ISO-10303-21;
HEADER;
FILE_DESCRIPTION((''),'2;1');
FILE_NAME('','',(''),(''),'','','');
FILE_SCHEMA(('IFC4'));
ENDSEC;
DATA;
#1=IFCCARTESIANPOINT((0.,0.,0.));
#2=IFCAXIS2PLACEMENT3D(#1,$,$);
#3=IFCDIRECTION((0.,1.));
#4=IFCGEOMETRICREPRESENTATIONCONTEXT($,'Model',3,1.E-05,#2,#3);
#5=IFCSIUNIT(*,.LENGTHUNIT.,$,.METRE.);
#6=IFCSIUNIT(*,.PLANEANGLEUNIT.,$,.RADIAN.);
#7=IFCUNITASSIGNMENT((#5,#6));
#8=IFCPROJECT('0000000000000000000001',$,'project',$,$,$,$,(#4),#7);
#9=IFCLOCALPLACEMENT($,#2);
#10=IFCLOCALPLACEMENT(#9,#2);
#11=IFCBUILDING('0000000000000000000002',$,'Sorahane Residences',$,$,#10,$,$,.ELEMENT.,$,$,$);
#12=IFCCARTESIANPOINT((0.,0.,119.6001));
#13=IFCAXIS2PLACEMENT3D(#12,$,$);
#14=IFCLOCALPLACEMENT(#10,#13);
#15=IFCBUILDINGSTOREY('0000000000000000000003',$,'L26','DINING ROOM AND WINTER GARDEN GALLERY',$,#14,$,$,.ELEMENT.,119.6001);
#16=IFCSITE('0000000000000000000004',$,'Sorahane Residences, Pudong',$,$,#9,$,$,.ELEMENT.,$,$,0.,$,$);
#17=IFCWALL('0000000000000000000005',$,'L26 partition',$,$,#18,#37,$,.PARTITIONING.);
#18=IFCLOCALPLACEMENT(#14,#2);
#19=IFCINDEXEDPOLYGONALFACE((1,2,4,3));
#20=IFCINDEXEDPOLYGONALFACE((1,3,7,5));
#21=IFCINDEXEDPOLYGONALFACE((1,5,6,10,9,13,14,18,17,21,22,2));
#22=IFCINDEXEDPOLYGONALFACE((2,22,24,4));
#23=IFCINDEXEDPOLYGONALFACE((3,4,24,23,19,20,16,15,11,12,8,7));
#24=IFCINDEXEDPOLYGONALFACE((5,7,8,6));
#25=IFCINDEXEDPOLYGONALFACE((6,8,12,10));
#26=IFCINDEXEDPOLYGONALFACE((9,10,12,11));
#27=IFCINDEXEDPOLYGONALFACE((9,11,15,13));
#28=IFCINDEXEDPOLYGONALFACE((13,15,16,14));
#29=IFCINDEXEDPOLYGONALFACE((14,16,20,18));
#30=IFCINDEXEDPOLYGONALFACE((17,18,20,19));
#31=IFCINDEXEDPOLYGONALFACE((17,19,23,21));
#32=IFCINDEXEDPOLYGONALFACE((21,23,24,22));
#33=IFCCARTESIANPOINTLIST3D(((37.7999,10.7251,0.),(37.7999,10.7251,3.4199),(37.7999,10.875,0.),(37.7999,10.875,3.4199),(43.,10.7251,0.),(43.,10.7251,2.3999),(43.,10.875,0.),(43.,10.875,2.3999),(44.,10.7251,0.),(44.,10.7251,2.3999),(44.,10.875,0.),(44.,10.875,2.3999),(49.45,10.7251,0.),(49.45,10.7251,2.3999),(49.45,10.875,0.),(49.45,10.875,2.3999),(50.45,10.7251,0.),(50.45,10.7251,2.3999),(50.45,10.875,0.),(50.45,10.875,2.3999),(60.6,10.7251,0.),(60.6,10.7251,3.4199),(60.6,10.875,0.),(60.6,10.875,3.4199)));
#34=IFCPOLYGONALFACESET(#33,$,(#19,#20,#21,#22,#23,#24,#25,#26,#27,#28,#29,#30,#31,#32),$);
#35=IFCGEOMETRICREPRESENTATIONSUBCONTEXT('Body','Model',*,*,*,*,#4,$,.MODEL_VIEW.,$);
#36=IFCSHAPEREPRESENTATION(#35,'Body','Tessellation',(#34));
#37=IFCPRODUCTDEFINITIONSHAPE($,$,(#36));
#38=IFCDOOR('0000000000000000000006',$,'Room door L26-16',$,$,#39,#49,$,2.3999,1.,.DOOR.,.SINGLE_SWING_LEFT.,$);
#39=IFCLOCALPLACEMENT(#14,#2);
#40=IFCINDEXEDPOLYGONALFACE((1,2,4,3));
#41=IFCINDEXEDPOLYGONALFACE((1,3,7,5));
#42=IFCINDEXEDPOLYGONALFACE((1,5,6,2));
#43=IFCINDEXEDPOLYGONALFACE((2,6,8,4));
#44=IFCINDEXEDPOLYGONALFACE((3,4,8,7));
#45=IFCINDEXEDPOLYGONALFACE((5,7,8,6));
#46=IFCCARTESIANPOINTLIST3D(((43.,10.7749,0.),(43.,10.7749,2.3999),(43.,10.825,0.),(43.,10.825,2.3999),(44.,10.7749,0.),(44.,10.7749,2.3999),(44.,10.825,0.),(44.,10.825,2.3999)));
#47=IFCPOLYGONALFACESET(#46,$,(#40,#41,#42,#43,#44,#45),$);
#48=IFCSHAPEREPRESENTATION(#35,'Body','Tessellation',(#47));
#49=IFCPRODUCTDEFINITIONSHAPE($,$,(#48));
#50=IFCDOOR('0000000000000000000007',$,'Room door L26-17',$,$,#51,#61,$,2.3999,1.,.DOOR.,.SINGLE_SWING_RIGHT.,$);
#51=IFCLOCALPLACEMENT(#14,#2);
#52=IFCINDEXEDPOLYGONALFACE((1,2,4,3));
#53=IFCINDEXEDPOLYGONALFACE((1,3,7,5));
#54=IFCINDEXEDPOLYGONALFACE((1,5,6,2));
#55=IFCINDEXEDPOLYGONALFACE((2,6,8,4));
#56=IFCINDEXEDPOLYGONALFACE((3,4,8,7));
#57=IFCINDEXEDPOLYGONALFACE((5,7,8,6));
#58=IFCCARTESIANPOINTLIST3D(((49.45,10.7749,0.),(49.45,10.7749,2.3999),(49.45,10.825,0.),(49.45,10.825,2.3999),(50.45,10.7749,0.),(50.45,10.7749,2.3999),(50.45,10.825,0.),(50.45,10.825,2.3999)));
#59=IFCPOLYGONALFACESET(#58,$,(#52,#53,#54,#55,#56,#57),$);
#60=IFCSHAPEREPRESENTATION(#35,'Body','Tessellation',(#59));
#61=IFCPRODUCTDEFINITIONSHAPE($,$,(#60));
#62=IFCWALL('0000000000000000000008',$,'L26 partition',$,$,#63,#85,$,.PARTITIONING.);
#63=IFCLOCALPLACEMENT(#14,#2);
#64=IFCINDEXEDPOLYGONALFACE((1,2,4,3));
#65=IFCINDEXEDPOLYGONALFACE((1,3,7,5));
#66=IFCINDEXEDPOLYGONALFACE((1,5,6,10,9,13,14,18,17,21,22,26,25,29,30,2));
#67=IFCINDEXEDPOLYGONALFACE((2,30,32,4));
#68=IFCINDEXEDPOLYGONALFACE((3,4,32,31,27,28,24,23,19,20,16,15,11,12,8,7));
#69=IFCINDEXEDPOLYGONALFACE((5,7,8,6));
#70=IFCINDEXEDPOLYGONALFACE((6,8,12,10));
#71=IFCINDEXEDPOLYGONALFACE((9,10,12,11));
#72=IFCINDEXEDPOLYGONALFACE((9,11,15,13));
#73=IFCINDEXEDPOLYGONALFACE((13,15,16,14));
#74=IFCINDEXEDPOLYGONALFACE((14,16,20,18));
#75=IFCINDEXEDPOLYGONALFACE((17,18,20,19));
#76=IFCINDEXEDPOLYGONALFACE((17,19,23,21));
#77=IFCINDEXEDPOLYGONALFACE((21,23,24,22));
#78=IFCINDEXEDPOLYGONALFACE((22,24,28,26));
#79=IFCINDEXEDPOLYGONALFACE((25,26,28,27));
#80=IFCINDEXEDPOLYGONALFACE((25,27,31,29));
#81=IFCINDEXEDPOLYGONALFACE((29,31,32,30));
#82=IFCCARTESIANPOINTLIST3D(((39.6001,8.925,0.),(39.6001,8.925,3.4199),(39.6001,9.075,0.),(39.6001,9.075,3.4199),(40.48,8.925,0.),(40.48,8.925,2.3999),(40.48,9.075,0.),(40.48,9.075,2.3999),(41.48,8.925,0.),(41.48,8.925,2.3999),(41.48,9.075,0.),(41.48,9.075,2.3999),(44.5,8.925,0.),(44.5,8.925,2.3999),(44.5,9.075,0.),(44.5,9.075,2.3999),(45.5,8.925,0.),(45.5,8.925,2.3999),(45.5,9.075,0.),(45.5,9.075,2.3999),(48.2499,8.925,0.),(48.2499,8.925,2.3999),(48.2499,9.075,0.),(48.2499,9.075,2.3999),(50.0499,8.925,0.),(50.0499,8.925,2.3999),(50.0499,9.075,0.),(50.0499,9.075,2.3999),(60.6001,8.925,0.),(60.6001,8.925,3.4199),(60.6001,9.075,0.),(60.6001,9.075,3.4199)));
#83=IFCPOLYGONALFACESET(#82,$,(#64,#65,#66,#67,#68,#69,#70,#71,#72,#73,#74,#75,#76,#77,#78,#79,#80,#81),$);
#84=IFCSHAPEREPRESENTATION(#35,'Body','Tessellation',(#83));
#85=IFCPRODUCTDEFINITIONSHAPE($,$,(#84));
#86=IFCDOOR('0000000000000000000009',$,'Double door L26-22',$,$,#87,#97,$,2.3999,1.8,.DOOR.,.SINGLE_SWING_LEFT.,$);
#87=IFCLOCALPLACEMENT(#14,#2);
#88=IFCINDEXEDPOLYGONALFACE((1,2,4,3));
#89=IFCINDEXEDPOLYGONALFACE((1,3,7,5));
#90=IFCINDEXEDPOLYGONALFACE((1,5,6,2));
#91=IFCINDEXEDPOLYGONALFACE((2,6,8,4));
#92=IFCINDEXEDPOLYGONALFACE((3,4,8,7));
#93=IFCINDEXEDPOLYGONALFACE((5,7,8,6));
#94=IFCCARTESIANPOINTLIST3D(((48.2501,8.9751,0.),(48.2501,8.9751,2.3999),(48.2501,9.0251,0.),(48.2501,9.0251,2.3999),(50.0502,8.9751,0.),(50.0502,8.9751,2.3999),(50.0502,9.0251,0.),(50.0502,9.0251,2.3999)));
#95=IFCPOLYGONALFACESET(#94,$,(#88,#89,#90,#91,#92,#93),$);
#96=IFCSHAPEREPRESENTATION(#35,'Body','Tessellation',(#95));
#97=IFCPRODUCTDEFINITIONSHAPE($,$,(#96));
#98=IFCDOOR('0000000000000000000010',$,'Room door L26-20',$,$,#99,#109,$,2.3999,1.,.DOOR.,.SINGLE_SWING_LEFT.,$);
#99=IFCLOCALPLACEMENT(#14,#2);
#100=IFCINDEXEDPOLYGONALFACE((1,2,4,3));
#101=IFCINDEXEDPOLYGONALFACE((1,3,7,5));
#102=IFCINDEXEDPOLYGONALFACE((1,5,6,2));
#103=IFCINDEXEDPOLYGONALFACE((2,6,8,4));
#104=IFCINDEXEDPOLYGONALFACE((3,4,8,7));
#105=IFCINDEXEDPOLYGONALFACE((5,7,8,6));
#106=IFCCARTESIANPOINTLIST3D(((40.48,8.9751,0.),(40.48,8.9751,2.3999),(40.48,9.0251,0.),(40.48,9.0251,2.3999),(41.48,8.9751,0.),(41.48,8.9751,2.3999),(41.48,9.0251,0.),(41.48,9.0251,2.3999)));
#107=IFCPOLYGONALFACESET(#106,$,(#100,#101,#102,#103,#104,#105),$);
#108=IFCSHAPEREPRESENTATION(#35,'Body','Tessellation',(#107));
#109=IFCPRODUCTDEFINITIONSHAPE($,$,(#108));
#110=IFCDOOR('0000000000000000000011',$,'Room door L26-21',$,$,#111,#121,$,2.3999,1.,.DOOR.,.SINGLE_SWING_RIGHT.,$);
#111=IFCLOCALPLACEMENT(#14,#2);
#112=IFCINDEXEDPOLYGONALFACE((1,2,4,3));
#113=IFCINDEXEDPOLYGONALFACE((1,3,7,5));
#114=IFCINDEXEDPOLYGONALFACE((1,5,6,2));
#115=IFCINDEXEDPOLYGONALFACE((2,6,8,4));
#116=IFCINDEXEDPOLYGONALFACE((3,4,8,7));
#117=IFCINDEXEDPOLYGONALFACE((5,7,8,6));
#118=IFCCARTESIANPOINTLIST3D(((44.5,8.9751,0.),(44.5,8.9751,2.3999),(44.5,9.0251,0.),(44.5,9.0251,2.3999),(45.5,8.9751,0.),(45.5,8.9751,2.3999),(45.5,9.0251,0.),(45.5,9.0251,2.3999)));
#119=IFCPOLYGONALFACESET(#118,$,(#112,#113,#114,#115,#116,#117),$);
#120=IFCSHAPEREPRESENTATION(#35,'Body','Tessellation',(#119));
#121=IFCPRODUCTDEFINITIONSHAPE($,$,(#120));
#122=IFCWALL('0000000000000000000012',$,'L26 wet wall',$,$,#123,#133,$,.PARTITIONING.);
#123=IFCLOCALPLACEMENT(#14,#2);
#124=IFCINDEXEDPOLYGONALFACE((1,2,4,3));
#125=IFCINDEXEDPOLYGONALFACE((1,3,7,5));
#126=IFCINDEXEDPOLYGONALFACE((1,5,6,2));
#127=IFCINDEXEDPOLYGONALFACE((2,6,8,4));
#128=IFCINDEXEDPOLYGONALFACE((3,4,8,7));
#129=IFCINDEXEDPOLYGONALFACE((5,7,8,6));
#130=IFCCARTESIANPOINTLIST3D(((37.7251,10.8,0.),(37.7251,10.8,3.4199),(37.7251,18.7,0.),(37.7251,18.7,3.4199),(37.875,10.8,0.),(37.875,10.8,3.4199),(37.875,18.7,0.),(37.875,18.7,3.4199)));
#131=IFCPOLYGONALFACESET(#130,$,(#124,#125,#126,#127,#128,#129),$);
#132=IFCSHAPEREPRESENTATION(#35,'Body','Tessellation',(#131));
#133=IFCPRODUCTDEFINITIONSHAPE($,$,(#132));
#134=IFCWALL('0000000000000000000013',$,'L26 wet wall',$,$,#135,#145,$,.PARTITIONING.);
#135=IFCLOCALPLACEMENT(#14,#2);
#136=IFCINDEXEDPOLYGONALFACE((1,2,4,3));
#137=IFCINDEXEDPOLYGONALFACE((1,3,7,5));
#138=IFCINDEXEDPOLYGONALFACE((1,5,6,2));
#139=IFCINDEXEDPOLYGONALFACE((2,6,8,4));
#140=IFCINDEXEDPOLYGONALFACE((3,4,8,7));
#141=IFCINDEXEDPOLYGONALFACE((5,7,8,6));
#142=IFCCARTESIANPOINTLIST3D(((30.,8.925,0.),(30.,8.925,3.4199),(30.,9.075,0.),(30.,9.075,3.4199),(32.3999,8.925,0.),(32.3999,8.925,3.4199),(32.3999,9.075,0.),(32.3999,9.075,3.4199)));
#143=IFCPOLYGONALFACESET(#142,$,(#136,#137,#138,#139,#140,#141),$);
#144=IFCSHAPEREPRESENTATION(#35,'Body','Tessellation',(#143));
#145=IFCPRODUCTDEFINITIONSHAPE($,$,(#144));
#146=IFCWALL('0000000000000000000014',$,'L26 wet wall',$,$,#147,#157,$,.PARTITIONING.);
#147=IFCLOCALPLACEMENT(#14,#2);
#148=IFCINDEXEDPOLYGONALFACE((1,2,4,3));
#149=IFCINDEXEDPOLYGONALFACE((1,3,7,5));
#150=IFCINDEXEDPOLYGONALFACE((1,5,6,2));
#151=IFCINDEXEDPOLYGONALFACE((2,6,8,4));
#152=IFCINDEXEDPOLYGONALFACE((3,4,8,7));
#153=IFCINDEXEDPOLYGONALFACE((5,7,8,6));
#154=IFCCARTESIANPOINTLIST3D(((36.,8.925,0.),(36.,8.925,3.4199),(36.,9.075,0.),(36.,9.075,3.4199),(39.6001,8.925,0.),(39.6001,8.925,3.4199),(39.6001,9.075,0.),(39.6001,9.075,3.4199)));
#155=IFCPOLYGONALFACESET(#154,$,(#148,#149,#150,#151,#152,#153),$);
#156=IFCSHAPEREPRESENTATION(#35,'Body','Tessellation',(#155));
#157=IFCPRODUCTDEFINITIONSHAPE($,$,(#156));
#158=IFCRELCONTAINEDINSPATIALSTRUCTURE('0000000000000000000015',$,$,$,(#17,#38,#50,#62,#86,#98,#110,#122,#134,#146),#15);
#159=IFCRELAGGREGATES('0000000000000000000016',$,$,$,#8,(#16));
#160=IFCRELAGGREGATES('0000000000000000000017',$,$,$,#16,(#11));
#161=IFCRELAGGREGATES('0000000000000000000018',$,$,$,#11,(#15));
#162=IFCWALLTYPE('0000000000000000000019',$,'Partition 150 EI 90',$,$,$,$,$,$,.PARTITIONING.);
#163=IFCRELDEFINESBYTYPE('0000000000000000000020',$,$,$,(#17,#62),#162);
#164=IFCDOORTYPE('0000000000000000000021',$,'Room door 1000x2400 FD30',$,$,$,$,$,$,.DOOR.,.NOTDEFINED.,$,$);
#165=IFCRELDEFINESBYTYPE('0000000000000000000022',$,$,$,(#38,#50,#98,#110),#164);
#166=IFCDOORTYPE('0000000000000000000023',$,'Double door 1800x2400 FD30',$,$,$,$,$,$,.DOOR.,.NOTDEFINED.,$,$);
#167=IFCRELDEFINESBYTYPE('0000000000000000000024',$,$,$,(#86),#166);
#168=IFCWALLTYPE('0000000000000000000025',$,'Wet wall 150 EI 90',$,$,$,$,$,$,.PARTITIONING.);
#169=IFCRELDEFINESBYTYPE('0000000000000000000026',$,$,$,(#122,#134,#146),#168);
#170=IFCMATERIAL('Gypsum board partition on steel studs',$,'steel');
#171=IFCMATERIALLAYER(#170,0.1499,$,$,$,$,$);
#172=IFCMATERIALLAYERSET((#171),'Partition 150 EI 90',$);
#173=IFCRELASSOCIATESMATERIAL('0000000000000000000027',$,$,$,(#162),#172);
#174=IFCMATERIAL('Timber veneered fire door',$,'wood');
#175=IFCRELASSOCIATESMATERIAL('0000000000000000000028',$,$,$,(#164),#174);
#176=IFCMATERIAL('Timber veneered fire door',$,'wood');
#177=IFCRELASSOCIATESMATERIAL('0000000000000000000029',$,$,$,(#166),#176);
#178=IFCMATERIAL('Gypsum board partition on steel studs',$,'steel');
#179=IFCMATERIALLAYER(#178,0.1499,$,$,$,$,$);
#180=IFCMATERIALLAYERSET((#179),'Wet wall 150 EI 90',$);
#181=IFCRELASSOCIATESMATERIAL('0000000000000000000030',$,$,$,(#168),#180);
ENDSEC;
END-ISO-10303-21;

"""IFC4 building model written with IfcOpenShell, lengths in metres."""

from ifc_helpers import new_model, si_unit, direction, frame, frame_2d, origin, place, context, subcontext, project, spatial, rectangle, extrude, material, layer, layer_set, type_object, element, fill, save


model = new_model("IFC4")

# Units and contexts
model_context = context("Model", 3, precision=1e-05, world=origin(), true_north=direction((0.0, 1.0)))
body_context = subcontext(model_context, "Body", "Model", "MODEL_VIEW")
ifc_project = project(units=[si_unit("LENGTHUNIT", "METRE"), si_unit("PLANEANGLEUNIT", "RADIAN")], contexts=[model_context])

# Site, building, storey
site_placement = place(None, origin())
site = spatial("IfcSite", under=ifc_project, at=site_placement, Name="Sorahane Residences, Pudong", CompositionType="ELEMENT", RefElevation=0.0)
building_placement = place(site_placement, origin())
building = spatial("IfcBuilding", under=site, at=building_placement, Name="Sorahane Residences", CompositionType="ELEMENT")
storey_placement = place(building_placement, frame((0.0, 0.0, 119.6001)))
storey = spatial("IfcBuildingStorey", under=building, at=storey_placement, Name="L26", Description="DINING ROOM AND WINTER GARDEN GALLERY", CompositionType="ELEMENT", Elevation=119.6001)

# Wall, openings, doors
ifc_material_1 = material(Name="Gypsum board partition on steel studs", Category="steel")
ifc_layer_1 = layer(ifc_material_1, 0.1499)
ifc_layer_set_1 = layer_set([ifc_layer_1], Name="Partition 150 EI 90")
wall_type_1 = type_object("IfcWallType", Name="Partition 150 EI 90", PredefinedType="PARTITIONING", material=ifc_layer_set_1)
wall_1_placement = place(storey_placement, frame((37.8, 10.8, 0.0), z_axis=(0.0, 0.0, 1.0), x_axis=(1.0, 0.0, 0.0)))
wall_1 = element("IfcWall", 1, at=wall_1_placement, inside=storey, type_object=wall_type_1, Name="L26 partition", PredefinedType="PARTITIONING", context=body_context, shape_type="SweptSolid", body=[
    extrude(rectangle(XDim=22.8, YDim=0.1499, at=frame_2d((11.3999, 0.0))), origin(), (0.0, 0.0, 1.0), 3.4199),
])
opening_1_placement = place(wall_1_placement, frame((5.2, 0.0, 0.0)))
opening_1 = element("IfcOpeningElement", 2, at=opening_1_placement, cuts=wall_1, PredefinedType="OPENING", context=body_context, shape_type="SweptSolid", body=[
    extrude(rectangle(XDim=1.0, YDim=2.3999, at=frame_2d((0.5, 1.2))), frame((0.0, 0.085, 0.0), z_axis=(0.0, -1.0, 0.0), x_axis=(1.0, 0.0, 0.0)), (0.0, 0.0, 1.0), 0.1699),
])
opening_2_placement = place(wall_1_placement, frame((11.6499, 0.0, 0.0)))
opening_2 = element("IfcOpeningElement", 3, at=opening_2_placement, cuts=wall_1, PredefinedType="OPENING", context=body_context, shape_type="SweptSolid", body=[
    extrude(rectangle(XDim=1.0, YDim=2.3999, at=frame_2d((0.5, 1.2))), frame((0.0, 0.085, 0.0), z_axis=(0.0, -1.0, 0.0), x_axis=(1.0, 0.0, 0.0)), (0.0, 0.0, 1.0), 0.1699),
])
ifc_material_2 = material(Name="Timber veneered fire door", Category="wood")
door_type_1 = type_object("IfcDoorType", Name="Room door 1000x2400 FD30", OperationType="NOTDEFINED", PredefinedType="DOOR", material=ifc_material_2)
door_1_placement = place(opening_1_placement, origin())
door_1 = element("IfcDoor", 4, at=door_1_placement, inside=storey, type_object=door_type_1, Name="Room door L26-16", OperationType="SINGLE_SWING_LEFT", OverallHeight=2.3999, OverallWidth=1.0, PredefinedType="DOOR", context=body_context, shape_type="SweptSolid", body=[
    extrude(rectangle(XDim=1.0, YDim=2.3999, at=frame_2d((0.5, 1.2))), frame((0.0, 0.0249, 0.0), z_axis=(0.0, -1.0, 0.0), x_axis=(1.0, 0.0, 0.0)), (0.0, 0.0, 1.0), 0.05),
])
fill(opening_1, door_1)
door_2_placement = place(opening_2_placement, origin())
door_2 = element("IfcDoor", 5, at=door_2_placement, inside=storey, type_object=door_type_1, Name="Room door L26-17", OperationType="SINGLE_SWING_RIGHT", OverallHeight=2.3999, OverallWidth=1.0, PredefinedType="DOOR", context=body_context, shape_type="SweptSolid", body=[
    extrude(rectangle(XDim=1.0, YDim=2.3999, at=frame_2d((0.5, 1.2))), frame((0.0, 0.0249, 0.0), z_axis=(0.0, -1.0, 0.0), x_axis=(1.0, 0.0, 0.0)), (0.0, 0.0, 1.0), 0.05),
])
fill(opening_2, door_2)

# Wall, openings, doors
wall_2_placement = place(storey_placement, frame((39.6001, 9.0, 0.0), z_axis=(0.0, 0.0, 1.0), x_axis=(1.0, 0.0, 0.0)))
wall_2 = element("IfcWall", 6, at=wall_2_placement, inside=storey, type_object=wall_type_1, Name="L26 partition", PredefinedType="PARTITIONING", context=body_context, shape_type="SweptSolid", body=[
    extrude(rectangle(XDim=21.0, YDim=0.1499, at=frame_2d((10.5, 0.0))), origin(), (0.0, 0.0, 1.0), 3.4199),
])
opening_3_placement = place(wall_2_placement, frame((0.8799, 0.0, 0.0)))
opening_3 = element("IfcOpeningElement", 7, at=opening_3_placement, cuts=wall_2, PredefinedType="OPENING", context=body_context, shape_type="SweptSolid", body=[
    extrude(rectangle(XDim=1.0, YDim=2.3999, at=frame_2d((0.5, 1.2))), frame((0.0, 0.085, 0.0), z_axis=(0.0, -1.0, 0.0), x_axis=(1.0, 0.0, 0.0)), (0.0, 0.0, 1.0), 0.1699),
])
opening_4_placement = place(wall_2_placement, frame((4.8999, 0.0, 0.0)))
opening_4 = element("IfcOpeningElement", 8, at=opening_4_placement, cuts=wall_2, PredefinedType="OPENING", context=body_context, shape_type="SweptSolid", body=[
    extrude(rectangle(XDim=1.0, YDim=2.3999, at=frame_2d((0.5, 1.2))), frame((0.0, 0.085, 0.0), z_axis=(0.0, -1.0, 0.0), x_axis=(1.0, 0.0, 0.0)), (0.0, 0.0, 1.0), 0.1699),
])
opening_5_placement = place(wall_2_placement, frame((8.6499, 0.0, 0.0)))
opening_5 = element("IfcOpeningElement", 9, at=opening_5_placement, cuts=wall_2, PredefinedType="OPENING", context=body_context, shape_type="SweptSolid", body=[
    extrude(rectangle(XDim=1.8, YDim=2.3999, at=frame_2d((0.8999, 1.2))), frame((0.0, 0.085, 0.0), z_axis=(0.0, -1.0, 0.0), x_axis=(1.0, 0.0, 0.0)), (0.0, 0.0, 1.0), 0.1699),
])
ifc_material_3 = material(Name="Timber veneered fire door", Category="wood")
door_type_2 = type_object("IfcDoorType", Name="Double door 1800x2400 FD30", OperationType="NOTDEFINED", PredefinedType="DOOR", material=ifc_material_3)
door_3_placement = place(opening_5_placement, frame((1.8, 0.0, 0.0), z_axis=(0.0, 0.0, 1.0), x_axis=(-1.0, 0.0, 0.0)))
door_3 = element("IfcDoor", 10, at=door_3_placement, inside=storey, type_object=door_type_2, Name="Double door L26-22", OperationType="SINGLE_SWING_LEFT", OverallHeight=2.3999, OverallWidth=1.8, PredefinedType="DOOR", context=body_context, shape_type="SweptSolid", body=[
    extrude(rectangle(XDim=1.8, YDim=2.3999, at=frame_2d((0.8999, 1.2))), frame((0.0, 0.0249, 0.0), z_axis=(0.0, -1.0, 0.0), x_axis=(1.0, 0.0, 0.0)), (0.0, 0.0, 1.0), 0.05),
])
fill(opening_5, door_3)
door_4_placement = place(opening_3_placement, frame((1.0, 0.0, 0.0), z_axis=(0.0, 0.0, 1.0), x_axis=(-1.0, 0.0, 0.0)))
door_4 = element("IfcDoor", 11, at=door_4_placement, inside=storey, type_object=door_type_1, Name="Room door L26-20", OperationType="SINGLE_SWING_LEFT", OverallHeight=2.3999, OverallWidth=1.0, PredefinedType="DOOR", context=body_context, shape_type="SweptSolid", body=[
    extrude(rectangle(XDim=1.0, YDim=2.3999, at=frame_2d((0.5, 1.2))), frame((0.0, 0.0249, 0.0), z_axis=(0.0, -1.0, 0.0), x_axis=(1.0, 0.0, 0.0)), (0.0, 0.0, 1.0), 0.05),
])
fill(opening_3, door_4)
door_5_placement = place(opening_4_placement, frame((1.0, 0.0, 0.0), z_axis=(0.0, 0.0, 1.0), x_axis=(-1.0, 0.0, 0.0)))
door_5 = element("IfcDoor", 12, at=door_5_placement, inside=storey, type_object=door_type_1, Name="Room door L26-21", OperationType="SINGLE_SWING_RIGHT", OverallHeight=2.3999, OverallWidth=1.0, PredefinedType="DOOR", context=body_context, shape_type="SweptSolid", body=[
    extrude(rectangle(XDim=1.0, YDim=2.3999, at=frame_2d((0.5, 1.2))), frame((0.0, 0.0249, 0.0), z_axis=(0.0, -1.0, 0.0), x_axis=(1.0, 0.0, 0.0)), (0.0, 0.0, 1.0), 0.05),
])
fill(opening_4, door_5)

# Wall
ifc_material_4 = material(Name="Gypsum board partition on steel studs", Category="steel")
ifc_layer_2 = layer(ifc_material_4, 0.1499)
ifc_layer_set_2 = layer_set([ifc_layer_2], Name="Wet wall 150 EI 90")
wall_type_2 = type_object("IfcWallType", Name="Wet wall 150 EI 90", PredefinedType="PARTITIONING", material=ifc_layer_set_2)
wall_3_placement = place(storey_placement, frame((37.8, 10.8, 0.0), z_axis=(0.0, 0.0, 1.0), x_axis=(0.0, 1.0, 0.0)))
element("IfcWall", 13, at=wall_3_placement, inside=storey, type_object=wall_type_2, Name="L26 wet wall", PredefinedType="PARTITIONING", context=body_context, shape_type="SweptSolid", body=[
    extrude(rectangle(XDim=7.8999, YDim=0.1499, at=frame_2d((3.95, 0.0))), origin(), (0.0, 0.0, 1.0), 3.4199),
])

# Walls
wall_4_placement = place(storey_placement, frame((30.0, 9.0, 0.0), z_axis=(0.0, 0.0, 1.0), x_axis=(1.0, 0.0, 0.0)))
element("IfcWall", 14, at=wall_4_placement, inside=storey, type_object=wall_type_2, Name="L26 wet wall", PredefinedType="PARTITIONING", context=body_context, shape_type="SweptSolid", body=[
    extrude(rectangle(XDim=2.3999, YDim=0.1499, at=frame_2d((1.2, 0.0))), origin(), (0.0, 0.0, 1.0), 3.4199),
])
wall_5_placement = place(storey_placement, frame((36.0, 9.0, 0.0), z_axis=(0.0, 0.0, 1.0), x_axis=(1.0, 0.0, 0.0)))
element("IfcWall", 15, at=wall_5_placement, inside=storey, type_object=wall_type_2, Name="L26 wet wall", PredefinedType="PARTITIONING", context=body_context, shape_type="SweptSolid", body=[
    extrude(rectangle(XDim=3.6001, YDim=0.1499, at=frame_2d((1.8, 0.0))), origin(), (0.0, 0.0, 1.0), 3.4199),
])

save(model, "model.ifc")
